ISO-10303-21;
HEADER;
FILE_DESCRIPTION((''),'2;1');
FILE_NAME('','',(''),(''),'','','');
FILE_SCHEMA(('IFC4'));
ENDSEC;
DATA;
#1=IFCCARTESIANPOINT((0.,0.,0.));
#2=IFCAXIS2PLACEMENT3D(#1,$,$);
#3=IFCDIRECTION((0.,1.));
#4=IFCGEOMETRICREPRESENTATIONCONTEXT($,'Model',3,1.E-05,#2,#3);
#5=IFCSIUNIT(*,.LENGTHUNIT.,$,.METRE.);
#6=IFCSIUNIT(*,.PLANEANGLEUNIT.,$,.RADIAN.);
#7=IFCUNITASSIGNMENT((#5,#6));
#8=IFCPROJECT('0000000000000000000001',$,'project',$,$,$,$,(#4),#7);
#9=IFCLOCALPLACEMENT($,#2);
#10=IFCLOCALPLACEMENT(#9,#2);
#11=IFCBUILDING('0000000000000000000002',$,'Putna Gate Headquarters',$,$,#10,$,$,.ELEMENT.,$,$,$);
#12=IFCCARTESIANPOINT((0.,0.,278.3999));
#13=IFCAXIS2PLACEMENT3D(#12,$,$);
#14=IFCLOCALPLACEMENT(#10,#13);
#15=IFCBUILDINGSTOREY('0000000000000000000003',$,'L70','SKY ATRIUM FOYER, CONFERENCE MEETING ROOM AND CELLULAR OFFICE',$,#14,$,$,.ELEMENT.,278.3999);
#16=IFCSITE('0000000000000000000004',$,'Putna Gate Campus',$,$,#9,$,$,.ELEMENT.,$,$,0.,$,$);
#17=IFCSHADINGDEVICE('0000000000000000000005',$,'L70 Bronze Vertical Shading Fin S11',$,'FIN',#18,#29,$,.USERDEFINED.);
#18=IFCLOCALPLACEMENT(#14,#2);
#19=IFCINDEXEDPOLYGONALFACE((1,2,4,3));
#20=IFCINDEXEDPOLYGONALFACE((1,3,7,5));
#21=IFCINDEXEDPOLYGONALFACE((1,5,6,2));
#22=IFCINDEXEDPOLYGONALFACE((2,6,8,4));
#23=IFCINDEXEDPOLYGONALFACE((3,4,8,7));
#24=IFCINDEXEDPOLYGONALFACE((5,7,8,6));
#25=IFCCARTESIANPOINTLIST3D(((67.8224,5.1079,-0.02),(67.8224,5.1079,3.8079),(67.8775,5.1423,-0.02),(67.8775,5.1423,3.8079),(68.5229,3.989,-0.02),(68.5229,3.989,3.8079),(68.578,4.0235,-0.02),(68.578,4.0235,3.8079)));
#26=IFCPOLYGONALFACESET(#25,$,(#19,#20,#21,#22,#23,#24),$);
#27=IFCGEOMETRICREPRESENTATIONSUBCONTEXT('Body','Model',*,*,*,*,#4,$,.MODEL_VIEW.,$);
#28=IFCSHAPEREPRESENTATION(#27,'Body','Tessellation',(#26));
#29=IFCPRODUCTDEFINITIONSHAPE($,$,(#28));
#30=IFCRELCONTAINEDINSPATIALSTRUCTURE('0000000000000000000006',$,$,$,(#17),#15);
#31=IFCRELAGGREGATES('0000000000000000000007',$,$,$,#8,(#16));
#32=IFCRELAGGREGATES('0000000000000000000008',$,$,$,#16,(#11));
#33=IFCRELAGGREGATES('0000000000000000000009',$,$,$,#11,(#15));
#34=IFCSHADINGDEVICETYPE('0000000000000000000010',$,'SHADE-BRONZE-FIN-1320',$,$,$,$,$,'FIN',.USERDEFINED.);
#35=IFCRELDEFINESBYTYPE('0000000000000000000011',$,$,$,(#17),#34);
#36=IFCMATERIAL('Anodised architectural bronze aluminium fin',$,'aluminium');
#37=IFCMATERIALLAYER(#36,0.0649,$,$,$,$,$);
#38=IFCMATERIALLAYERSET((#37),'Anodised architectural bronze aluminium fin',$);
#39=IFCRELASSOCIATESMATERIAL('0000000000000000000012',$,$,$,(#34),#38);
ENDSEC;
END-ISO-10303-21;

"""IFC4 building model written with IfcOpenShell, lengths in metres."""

from ifc_helpers import new_model, si_unit, direction, frame, origin, origin_2d, place, context, subcontext, project, spatial, rectangle, extrude, material, layer, layer_set, type_object, element, save


model = new_model("IFC4")

# Units and contexts
model_context = context("Model", 3, precision=1e-05, world=origin(), true_north=direction((0.0, 1.0)))
body_context = subcontext(model_context, "Body", "Model", "MODEL_VIEW")
ifc_project = project(units=[si_unit("LENGTHUNIT", "METRE"), si_unit("PLANEANGLEUNIT", "RADIAN")], contexts=[model_context])

# Site, building, storey
site_placement = place(None, origin())
site = spatial("IfcSite", under=ifc_project, at=site_placement, Name="Putna Gate Campus", CompositionType="ELEMENT", RefElevation=0.0)
building_placement = place(site_placement, origin())
building = spatial("IfcBuilding", under=site, at=building_placement, Name="Putna Gate Headquarters", CompositionType="ELEMENT")
storey_placement = place(building_placement, frame((0.0, 0.0, 278.3999)))
storey = spatial("IfcBuildingStorey", under=building, at=storey_placement, Name="L70", Description="SKY ATRIUM FOYER, CONFERENCE MEETING ROOM AND CELLULAR OFFICE", CompositionType="ELEMENT", Elevation=278.3999)

# Shading device
ifc_material_1 = material(Name="Anodised architectural bronze aluminium fin", Category="aluminium")
ifc_layer_1 = layer(ifc_material_1, 0.0649)
ifc_layer_set_1 = layer_set([ifc_layer_1], Name="Anodised architectural bronze aluminium fin")
shading_device_type = type_object("IfcShadingDeviceType", Name="SHADE-BRONZE-FIN-1320", ElementType="FIN", PredefinedType="USERDEFINED", material=ifc_layer_set_1)
for number, where, z_axis, x_axis, name in (
    (1, (68.2002, 4.5657, -0.02), (0.0, 0.0, 1.0), (0.530659, -0.847585, 0.0), "L70 Bronze Vertical Shading Fin S11"),
):
    element("IfcShadingDevice", number, at=place(storey_placement, frame(where, z_axis=z_axis, x_axis=x_axis)), inside=storey, type_object=shading_device_type, Name=name, ObjectType="FIN", PredefinedType="USERDEFINED", context=body_context, shape_type="SweptSolid", body=[
        extrude(rectangle(XDim=1.3201, YDim=0.0649, at=origin_2d()), origin(), (0.0, 0.0, 1.0), 3.8279),
    ])

save(model, "model.ifc")
